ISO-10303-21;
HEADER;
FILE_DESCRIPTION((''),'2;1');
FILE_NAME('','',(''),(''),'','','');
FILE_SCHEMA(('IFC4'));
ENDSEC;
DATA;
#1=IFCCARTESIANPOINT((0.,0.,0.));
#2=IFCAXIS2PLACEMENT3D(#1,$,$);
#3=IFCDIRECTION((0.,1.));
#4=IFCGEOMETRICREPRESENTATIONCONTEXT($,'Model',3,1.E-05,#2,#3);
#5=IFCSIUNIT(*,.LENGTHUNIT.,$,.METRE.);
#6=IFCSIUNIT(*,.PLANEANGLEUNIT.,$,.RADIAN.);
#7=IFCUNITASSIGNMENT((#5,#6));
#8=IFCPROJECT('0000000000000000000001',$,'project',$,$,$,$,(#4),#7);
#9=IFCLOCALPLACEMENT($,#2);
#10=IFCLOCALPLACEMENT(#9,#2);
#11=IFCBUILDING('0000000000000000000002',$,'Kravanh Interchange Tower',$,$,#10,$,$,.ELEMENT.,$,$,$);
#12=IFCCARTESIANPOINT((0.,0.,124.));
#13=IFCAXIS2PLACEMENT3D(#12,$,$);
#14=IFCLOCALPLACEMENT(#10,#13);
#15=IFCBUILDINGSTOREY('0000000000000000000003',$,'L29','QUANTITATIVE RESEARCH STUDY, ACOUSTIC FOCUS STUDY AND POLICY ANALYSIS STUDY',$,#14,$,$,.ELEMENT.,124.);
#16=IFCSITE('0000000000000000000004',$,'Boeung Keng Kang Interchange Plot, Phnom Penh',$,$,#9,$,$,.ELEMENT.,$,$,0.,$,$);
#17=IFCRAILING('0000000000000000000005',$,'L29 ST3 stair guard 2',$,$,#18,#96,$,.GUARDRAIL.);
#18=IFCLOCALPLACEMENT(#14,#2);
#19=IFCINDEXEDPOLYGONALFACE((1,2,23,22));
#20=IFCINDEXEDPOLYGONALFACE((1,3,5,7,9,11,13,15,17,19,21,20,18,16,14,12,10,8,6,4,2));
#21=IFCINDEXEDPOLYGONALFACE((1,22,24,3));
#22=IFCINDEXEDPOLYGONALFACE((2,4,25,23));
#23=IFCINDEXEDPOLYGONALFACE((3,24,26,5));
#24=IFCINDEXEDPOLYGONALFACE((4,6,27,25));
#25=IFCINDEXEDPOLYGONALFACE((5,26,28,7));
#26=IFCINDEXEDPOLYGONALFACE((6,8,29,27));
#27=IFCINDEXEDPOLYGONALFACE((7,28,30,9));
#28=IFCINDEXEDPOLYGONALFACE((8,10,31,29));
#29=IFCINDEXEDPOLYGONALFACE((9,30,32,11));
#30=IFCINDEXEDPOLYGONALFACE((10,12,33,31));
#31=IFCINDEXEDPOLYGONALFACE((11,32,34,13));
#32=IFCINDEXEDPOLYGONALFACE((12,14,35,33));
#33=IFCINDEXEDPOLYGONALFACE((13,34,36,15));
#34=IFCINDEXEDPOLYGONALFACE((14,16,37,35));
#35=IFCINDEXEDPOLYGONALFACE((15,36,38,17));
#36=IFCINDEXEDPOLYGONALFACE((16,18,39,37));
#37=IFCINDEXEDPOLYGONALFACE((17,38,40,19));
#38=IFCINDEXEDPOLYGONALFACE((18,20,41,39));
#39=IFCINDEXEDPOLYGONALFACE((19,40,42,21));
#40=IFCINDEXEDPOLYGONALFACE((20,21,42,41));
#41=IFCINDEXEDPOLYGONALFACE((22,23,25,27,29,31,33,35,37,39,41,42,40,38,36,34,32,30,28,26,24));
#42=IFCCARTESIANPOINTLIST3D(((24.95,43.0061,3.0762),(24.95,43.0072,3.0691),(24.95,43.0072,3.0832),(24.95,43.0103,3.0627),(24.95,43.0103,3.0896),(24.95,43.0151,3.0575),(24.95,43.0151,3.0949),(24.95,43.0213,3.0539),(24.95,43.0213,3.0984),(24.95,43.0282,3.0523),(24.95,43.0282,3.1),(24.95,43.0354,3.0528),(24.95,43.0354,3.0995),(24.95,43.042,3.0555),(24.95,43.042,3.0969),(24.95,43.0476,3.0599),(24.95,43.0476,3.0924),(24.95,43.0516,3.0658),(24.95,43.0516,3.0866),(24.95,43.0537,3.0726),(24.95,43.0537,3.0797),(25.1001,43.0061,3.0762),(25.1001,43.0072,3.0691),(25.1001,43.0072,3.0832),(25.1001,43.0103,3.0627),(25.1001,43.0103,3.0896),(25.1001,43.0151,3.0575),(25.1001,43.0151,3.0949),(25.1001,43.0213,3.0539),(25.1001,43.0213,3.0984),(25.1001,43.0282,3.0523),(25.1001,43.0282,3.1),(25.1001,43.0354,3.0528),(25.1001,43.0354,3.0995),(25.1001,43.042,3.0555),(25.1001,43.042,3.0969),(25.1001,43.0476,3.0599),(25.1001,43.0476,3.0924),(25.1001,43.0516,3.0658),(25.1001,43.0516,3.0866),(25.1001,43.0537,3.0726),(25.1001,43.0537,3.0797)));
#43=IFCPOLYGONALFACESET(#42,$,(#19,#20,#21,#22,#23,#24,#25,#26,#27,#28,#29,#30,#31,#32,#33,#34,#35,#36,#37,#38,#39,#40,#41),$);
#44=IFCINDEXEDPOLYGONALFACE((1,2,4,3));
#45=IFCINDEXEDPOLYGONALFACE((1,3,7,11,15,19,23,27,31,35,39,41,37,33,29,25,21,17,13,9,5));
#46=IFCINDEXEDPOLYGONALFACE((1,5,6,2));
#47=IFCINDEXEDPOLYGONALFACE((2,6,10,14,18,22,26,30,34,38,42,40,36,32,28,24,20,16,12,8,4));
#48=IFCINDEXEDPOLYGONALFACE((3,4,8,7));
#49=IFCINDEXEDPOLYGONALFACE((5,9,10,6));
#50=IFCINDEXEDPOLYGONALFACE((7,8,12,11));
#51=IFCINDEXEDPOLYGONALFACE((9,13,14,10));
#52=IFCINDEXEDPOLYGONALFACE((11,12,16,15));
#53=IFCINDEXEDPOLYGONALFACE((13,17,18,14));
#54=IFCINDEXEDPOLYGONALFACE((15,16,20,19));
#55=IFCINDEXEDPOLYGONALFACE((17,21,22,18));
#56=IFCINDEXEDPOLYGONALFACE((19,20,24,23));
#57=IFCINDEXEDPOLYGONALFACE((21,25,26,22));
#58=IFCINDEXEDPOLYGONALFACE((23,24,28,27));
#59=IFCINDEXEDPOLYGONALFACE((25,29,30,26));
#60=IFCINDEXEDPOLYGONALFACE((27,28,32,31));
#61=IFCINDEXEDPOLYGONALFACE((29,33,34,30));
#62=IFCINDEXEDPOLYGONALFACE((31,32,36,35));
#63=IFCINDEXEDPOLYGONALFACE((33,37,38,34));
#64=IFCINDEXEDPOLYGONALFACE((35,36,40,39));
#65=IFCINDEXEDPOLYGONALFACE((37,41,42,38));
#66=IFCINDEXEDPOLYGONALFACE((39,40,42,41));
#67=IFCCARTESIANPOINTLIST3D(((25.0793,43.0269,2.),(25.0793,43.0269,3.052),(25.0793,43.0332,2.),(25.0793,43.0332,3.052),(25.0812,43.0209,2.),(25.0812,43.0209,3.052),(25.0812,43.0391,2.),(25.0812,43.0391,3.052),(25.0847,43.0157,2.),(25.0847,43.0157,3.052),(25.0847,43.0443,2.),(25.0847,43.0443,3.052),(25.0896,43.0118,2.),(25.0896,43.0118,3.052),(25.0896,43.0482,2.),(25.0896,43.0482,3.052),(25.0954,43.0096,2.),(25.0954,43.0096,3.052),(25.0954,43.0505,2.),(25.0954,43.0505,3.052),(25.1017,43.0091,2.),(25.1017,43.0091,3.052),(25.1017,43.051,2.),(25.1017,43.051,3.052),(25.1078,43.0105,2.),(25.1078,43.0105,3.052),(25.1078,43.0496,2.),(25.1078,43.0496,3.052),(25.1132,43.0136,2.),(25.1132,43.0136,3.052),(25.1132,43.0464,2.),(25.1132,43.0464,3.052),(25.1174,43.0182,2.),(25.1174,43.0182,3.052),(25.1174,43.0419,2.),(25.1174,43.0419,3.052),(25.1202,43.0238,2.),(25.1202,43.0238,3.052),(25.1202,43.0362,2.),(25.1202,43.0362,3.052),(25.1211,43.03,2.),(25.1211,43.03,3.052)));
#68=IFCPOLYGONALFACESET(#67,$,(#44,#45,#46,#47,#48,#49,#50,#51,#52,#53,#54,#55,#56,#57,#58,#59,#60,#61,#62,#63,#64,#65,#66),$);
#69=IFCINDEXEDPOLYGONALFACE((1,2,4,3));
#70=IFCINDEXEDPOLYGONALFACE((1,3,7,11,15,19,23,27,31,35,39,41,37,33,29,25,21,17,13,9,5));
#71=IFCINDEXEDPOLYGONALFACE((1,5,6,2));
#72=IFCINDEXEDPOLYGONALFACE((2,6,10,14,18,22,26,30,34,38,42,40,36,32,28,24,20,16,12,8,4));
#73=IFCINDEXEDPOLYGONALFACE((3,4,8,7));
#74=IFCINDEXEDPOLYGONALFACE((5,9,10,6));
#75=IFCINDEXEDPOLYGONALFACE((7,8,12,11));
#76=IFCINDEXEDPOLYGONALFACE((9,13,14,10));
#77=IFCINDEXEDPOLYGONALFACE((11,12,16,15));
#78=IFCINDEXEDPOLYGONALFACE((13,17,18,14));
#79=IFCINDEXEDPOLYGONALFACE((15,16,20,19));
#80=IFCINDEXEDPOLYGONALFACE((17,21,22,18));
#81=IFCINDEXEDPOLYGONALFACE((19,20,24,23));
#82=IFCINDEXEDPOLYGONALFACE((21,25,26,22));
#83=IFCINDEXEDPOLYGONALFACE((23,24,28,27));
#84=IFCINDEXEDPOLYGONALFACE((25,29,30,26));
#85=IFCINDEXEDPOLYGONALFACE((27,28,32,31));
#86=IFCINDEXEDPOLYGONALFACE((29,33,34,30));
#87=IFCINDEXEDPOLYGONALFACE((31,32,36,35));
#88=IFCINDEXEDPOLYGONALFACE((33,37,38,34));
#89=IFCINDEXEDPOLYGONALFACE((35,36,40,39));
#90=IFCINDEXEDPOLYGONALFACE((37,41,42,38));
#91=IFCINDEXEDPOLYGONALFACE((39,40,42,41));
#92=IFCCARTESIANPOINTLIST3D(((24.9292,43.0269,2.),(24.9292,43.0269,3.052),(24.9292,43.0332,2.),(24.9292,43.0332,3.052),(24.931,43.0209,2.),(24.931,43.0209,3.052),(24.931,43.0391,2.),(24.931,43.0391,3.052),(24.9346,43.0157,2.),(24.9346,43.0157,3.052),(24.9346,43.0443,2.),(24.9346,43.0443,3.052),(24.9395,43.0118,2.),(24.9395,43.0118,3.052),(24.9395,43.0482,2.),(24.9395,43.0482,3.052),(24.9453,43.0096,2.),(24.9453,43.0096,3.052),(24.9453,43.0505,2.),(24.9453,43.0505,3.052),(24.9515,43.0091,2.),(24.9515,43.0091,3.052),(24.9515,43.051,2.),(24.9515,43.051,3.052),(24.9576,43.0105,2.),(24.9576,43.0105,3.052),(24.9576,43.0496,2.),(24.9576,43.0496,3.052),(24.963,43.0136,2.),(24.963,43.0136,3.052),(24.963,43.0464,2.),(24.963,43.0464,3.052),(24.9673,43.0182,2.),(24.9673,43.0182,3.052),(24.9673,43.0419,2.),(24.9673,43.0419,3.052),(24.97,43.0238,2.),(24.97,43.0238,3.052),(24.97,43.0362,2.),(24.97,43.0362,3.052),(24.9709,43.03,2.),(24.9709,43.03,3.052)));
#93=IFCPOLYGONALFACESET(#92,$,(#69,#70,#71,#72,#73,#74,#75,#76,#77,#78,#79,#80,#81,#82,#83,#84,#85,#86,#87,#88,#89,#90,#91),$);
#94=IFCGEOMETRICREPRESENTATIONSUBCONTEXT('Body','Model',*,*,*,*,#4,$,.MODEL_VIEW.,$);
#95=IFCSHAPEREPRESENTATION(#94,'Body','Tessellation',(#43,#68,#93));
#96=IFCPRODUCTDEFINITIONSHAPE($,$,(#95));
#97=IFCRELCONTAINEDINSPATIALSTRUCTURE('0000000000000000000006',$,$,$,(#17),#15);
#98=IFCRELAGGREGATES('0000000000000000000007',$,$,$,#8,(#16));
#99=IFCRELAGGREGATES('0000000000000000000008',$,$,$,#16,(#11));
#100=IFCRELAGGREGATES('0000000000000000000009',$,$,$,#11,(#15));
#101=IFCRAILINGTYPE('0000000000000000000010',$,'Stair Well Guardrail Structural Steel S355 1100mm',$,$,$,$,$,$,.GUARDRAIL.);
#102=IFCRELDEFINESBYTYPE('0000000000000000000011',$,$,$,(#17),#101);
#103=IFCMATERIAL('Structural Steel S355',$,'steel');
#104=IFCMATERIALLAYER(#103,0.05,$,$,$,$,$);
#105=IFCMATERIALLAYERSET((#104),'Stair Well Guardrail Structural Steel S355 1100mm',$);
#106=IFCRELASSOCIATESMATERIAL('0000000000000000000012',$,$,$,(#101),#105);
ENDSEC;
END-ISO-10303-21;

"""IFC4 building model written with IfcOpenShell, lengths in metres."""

from ifc_helpers import new_model, si_unit, direction, frame, origin, origin_2d, place, context, subcontext, project, spatial, circle, extrude, material, layer, layer_set, type_object, element, save


model = new_model("IFC4")

# Units and contexts
model_context = context("Model", 3, precision=1e-05, world=origin(), true_north=direction((0.0, 1.0)))
body_context = subcontext(model_context, "Body", "Model", "MODEL_VIEW")
ifc_project = project(units=[si_unit("LENGTHUNIT", "METRE"), si_unit("PLANEANGLEUNIT", "RADIAN")], contexts=[model_context])

# Site, building, storey
site_placement = place(None, origin())
site = spatial("IfcSite", under=ifc_project, at=site_placement, Name="Boeung Keng Kang Interchange Plot, Phnom Penh", CompositionType="ELEMENT", RefElevation=0.0)
building_placement = place(site_placement, origin())
building = spatial("IfcBuilding", under=site, at=building_placement, Name="Kravanh Interchange Tower", CompositionType="ELEMENT")
storey_placement = place(building_placement, frame((0.0, 0.0, 124.0)))
storey = spatial("IfcBuildingStorey", under=building, at=storey_placement, Name="L29", Description="QUANTITATIVE RESEARCH STUDY, ACOUSTIC FOCUS STUDY AND POLICY ANALYSIS STUDY", CompositionType="ELEMENT", Elevation=124.0)

# Railing
ifc_material_1 = material(Name="Structural Steel S355", Category="steel")
ifc_layer_1 = layer(ifc_material_1, 0.05)
ifc_layer_set_1 = layer_set([ifc_layer_1], Name="Stair Well Guardrail Structural Steel S355 1100mm")
railing_type_1 = type_object("IfcRailingType", Name="Stair Well Guardrail Structural Steel S355 1100mm", PredefinedType="GUARDRAIL", material=ifc_layer_set_1)
railing_1_placement = place(storey_placement, frame((25.1001, 43.03, 2.0)))
element("IfcRailing", 1, at=railing_1_placement, inside=storey, type_object=railing_type_1, Name="L29 ST3 stair guard 2", PredefinedType="GUARDRAIL", context=body_context, shape_type="SweptSolid", body=[
    extrude(circle(Radius=0.0239, at=origin_2d()), frame((0.0, 0.0, 1.0762), z_axis=(-1.0, 0.0, 0.0), x_axis=(0.0, -1.0, 0.0)), (0.0, 0.0, 1.0), 0.1501),
    extrude(circle(Radius=0.021, at=origin_2d()), origin(), (0.0, 0.0, 1.0), 1.052),
    extrude(circle(Radius=0.021, at=origin_2d()), frame((-0.1501, 0.0, 0.0)), (0.0, 0.0, 1.0), 1.052),
])

save(model, "model.ifc")
